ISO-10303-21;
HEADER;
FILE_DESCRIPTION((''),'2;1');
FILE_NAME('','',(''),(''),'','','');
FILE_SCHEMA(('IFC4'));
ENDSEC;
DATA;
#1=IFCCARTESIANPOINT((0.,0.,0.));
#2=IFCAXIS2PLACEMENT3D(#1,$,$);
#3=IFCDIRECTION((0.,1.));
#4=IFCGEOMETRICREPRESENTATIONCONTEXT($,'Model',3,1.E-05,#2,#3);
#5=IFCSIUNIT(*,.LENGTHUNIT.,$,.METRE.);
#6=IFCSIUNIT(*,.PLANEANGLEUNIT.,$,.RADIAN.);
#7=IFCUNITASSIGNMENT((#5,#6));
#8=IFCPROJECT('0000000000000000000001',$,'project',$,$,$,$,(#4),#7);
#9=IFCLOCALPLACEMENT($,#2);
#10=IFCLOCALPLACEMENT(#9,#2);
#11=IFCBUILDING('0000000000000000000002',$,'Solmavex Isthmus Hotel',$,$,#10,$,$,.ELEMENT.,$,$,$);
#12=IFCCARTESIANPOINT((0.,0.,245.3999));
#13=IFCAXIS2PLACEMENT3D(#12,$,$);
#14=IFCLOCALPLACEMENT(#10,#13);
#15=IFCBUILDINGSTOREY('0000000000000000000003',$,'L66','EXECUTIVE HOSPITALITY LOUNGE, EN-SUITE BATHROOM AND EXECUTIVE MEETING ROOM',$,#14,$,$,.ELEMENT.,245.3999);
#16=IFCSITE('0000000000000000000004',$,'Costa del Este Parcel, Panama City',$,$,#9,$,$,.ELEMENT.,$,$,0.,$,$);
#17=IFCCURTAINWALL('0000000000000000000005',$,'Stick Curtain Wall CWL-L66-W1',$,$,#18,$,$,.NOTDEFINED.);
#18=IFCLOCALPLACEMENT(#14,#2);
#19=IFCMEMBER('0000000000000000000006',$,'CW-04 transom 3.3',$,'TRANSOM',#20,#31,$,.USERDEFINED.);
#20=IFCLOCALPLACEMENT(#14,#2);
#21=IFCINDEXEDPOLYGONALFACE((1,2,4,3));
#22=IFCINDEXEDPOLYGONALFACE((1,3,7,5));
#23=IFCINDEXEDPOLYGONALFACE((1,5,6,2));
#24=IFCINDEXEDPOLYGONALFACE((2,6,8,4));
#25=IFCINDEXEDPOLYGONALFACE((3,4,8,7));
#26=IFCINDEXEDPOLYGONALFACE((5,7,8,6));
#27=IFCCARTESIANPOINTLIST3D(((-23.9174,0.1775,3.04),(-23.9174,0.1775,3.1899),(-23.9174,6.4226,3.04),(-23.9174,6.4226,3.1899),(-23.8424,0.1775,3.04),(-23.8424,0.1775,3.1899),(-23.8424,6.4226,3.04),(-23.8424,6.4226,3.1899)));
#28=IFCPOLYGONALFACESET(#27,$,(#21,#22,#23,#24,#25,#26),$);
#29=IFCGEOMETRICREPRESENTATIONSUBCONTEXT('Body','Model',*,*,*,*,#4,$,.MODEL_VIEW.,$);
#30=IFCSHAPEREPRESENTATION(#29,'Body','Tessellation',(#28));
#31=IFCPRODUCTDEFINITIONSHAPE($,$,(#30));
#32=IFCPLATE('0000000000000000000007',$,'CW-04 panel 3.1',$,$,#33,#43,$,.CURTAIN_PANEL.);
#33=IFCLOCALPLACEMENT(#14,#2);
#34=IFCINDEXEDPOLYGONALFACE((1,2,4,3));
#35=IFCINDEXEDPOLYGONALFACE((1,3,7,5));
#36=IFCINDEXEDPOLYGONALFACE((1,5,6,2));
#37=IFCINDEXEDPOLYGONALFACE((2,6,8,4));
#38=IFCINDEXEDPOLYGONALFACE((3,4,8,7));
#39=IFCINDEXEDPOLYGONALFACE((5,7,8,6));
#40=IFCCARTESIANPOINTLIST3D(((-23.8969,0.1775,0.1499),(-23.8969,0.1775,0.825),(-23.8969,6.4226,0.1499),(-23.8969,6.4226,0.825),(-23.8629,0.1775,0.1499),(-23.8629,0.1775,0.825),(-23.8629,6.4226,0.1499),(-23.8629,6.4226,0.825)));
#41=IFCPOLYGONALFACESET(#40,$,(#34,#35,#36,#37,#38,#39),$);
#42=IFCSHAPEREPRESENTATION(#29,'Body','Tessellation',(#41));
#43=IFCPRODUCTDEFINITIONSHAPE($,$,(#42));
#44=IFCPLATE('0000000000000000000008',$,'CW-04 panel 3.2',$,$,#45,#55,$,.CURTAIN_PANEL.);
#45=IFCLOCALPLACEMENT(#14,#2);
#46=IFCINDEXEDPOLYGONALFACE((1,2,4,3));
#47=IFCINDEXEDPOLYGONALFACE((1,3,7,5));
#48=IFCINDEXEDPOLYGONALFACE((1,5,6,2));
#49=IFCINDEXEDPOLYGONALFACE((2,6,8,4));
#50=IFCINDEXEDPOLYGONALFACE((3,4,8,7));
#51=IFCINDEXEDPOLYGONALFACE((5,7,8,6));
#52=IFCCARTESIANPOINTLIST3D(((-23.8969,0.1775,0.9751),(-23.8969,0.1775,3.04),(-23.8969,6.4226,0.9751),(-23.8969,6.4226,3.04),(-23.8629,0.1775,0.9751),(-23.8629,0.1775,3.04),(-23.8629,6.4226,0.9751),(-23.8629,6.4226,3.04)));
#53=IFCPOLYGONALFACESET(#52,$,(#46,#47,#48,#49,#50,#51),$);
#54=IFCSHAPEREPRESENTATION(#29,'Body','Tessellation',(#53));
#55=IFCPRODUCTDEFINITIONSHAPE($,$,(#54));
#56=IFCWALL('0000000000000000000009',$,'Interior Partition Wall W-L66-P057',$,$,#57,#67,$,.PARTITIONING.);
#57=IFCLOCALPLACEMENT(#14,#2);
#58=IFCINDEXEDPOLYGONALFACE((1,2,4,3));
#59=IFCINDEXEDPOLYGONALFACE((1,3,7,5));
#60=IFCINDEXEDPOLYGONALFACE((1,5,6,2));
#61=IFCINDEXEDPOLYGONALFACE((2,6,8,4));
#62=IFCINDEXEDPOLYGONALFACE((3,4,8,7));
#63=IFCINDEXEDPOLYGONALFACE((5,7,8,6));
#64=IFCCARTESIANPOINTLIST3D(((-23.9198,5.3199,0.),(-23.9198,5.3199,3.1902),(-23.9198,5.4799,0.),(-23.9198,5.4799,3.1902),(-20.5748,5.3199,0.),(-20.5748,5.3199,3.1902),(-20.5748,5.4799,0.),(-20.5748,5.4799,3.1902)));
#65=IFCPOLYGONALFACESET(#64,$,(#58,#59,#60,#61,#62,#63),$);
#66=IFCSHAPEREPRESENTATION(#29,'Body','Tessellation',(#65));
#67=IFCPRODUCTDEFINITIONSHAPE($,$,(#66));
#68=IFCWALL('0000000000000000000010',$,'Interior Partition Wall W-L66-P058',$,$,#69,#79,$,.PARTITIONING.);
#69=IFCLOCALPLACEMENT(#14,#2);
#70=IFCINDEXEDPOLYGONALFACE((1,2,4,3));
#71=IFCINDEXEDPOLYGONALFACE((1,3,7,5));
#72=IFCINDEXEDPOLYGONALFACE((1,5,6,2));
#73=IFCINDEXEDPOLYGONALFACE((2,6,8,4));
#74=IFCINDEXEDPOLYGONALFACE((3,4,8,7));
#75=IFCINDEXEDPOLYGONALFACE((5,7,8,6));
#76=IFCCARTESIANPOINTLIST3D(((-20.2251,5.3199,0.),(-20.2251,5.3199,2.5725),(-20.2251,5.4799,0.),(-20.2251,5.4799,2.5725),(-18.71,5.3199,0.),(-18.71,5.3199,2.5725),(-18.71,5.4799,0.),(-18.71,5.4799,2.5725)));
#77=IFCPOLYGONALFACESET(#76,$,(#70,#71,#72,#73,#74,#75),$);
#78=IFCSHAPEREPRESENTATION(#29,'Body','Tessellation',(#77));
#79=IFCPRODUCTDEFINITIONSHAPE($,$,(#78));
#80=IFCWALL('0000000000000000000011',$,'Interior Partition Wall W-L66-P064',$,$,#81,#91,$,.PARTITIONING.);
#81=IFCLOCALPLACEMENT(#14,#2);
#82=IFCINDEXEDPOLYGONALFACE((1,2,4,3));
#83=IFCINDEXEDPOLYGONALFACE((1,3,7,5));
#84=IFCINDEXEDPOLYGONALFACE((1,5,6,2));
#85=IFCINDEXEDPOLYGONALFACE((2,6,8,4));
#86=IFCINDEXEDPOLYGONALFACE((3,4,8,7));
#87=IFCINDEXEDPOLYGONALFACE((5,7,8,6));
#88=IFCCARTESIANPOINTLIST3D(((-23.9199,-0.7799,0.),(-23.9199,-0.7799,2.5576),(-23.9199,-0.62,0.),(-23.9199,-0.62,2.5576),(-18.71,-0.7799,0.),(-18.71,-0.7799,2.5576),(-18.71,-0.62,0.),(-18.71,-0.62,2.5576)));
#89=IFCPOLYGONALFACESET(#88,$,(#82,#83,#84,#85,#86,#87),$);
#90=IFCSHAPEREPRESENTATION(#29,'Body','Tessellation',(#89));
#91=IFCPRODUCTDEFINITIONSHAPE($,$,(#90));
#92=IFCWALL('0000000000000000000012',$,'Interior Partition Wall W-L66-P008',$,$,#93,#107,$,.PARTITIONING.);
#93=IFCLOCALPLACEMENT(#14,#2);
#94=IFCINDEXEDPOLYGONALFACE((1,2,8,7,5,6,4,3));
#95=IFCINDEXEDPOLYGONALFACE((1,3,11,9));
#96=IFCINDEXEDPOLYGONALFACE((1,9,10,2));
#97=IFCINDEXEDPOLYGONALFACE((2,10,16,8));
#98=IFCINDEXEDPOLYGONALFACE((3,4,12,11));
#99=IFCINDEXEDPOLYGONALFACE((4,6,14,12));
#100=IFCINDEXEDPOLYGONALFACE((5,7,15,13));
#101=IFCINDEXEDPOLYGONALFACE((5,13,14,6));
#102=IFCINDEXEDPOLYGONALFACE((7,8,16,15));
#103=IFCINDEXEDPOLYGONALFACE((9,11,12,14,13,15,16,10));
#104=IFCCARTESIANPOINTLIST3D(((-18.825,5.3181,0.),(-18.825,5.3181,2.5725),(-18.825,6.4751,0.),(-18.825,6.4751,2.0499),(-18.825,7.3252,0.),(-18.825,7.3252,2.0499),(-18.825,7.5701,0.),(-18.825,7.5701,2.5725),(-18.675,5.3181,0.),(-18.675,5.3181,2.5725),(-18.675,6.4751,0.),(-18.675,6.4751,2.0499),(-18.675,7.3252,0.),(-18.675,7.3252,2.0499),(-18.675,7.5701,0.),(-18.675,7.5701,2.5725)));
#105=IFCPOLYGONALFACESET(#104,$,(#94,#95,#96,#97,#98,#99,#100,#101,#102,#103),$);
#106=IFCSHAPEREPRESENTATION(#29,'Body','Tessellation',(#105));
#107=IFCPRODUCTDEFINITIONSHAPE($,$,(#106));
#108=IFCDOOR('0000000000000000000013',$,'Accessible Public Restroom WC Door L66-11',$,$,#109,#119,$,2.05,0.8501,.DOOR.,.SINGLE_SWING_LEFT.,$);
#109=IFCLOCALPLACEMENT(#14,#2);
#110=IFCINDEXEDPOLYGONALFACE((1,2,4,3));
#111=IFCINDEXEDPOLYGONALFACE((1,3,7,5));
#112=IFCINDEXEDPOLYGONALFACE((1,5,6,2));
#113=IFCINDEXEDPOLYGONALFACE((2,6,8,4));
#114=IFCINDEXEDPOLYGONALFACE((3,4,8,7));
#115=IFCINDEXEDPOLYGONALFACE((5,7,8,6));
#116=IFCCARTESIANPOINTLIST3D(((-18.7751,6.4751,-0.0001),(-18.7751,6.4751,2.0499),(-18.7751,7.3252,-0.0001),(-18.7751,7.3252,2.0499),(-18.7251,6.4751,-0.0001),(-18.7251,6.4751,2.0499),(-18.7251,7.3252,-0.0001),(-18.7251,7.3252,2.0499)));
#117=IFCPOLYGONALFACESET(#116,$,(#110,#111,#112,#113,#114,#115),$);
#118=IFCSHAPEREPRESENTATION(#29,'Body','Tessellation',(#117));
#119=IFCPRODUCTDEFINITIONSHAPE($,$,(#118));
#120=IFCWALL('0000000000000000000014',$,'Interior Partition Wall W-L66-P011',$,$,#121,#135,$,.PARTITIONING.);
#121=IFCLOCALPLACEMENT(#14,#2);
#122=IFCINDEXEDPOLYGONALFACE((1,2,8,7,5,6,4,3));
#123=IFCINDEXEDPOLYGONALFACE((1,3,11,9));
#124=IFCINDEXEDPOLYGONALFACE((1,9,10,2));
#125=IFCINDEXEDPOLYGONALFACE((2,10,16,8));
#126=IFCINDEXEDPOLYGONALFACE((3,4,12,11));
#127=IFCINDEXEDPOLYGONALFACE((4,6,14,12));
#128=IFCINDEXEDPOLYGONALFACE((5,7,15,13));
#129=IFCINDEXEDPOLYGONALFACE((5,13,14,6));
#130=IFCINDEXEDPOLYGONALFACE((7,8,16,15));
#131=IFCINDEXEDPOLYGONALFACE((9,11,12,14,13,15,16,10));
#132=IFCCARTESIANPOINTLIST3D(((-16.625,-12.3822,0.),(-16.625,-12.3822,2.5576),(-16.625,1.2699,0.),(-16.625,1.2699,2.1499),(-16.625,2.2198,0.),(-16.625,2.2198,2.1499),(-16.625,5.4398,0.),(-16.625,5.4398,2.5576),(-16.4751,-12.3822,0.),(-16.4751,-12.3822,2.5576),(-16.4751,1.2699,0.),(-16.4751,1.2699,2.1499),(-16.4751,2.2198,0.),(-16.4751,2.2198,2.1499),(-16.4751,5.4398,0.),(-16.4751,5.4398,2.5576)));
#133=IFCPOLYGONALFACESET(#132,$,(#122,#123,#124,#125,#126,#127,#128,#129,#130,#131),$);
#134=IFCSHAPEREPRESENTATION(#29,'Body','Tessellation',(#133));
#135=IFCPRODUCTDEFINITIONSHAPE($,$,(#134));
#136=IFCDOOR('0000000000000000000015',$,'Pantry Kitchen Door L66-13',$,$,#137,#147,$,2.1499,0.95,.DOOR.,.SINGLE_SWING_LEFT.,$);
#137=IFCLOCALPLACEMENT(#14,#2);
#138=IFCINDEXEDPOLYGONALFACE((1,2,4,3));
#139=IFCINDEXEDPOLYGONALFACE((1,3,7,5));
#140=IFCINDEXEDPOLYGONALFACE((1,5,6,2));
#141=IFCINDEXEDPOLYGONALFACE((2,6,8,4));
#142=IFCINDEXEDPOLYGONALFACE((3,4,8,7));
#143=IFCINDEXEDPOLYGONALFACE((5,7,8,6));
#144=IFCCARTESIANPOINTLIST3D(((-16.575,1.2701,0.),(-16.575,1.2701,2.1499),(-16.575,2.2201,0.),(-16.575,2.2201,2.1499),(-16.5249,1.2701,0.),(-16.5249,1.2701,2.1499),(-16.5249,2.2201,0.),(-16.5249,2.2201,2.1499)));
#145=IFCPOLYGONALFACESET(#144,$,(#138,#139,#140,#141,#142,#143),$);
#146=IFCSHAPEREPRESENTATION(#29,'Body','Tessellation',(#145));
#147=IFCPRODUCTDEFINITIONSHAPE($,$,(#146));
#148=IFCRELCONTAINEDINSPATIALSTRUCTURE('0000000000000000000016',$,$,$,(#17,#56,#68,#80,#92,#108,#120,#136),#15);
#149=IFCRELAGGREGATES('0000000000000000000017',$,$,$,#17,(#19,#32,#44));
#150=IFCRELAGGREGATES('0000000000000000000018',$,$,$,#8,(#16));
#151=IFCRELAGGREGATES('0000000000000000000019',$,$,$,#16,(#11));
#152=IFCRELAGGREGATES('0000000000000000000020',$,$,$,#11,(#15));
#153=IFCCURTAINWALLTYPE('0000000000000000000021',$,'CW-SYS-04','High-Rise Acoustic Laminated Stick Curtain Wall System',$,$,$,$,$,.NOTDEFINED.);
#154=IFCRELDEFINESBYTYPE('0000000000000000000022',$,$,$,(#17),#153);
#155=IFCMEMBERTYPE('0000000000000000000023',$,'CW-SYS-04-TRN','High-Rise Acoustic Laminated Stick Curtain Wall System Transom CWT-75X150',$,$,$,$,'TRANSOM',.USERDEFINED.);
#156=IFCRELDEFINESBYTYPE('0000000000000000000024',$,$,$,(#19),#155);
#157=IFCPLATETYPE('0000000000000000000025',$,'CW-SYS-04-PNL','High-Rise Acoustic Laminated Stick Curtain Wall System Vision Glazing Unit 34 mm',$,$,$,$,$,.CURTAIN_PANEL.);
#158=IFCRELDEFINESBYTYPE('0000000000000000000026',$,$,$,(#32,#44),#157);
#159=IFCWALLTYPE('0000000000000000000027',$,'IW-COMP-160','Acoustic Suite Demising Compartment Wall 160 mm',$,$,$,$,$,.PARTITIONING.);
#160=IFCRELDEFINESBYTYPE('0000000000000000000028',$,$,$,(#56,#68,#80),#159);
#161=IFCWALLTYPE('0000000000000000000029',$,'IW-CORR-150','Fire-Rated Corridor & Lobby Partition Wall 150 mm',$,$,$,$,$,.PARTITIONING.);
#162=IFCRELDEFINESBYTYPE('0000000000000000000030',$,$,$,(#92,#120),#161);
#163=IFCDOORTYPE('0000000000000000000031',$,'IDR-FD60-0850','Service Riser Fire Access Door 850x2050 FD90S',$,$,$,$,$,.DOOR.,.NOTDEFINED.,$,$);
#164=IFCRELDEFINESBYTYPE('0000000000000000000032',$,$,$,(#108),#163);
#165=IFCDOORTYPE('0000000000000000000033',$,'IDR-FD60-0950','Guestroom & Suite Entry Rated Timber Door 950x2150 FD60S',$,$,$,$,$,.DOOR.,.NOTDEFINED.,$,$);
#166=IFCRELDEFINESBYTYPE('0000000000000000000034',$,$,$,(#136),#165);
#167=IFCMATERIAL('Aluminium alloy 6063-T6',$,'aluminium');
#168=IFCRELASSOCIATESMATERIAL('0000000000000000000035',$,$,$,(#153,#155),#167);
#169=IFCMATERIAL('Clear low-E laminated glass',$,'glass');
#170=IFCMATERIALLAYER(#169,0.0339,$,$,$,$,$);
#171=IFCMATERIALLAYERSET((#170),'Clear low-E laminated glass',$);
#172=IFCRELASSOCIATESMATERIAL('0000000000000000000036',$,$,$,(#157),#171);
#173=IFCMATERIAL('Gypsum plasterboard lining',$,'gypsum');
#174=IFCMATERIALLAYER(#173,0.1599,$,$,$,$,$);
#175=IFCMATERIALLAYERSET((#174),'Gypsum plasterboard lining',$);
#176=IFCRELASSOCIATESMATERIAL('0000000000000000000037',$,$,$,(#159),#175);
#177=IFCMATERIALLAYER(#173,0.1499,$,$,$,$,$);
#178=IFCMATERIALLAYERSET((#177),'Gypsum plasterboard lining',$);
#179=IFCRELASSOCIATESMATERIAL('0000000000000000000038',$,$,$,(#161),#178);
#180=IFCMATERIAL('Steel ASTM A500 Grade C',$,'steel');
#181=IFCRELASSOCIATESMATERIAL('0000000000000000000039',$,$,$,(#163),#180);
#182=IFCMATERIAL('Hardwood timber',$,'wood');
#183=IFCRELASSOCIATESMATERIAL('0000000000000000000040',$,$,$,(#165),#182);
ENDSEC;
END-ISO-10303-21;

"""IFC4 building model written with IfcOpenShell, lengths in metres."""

from ifc_helpers import new_model, si_unit, direction, frame, frame_2d, origin, origin_2d, place, context, subcontext, project, spatial, rectangle, extrude, material, layer, layer_set, material_profile, profile_set, type_object, element, fill, aggregate, save


model = new_model("IFC4")

# Units and contexts
model_context = context("Model", 3, precision=1e-05, world=origin(), true_north=direction((0.0, 1.0)))
body_context = subcontext(model_context, "Body", "Model", "MODEL_VIEW")
ifc_project = project(units=[si_unit("LENGTHUNIT", "METRE"), si_unit("PLANEANGLEUNIT", "RADIAN")], contexts=[model_context])

# Site, building, storey
site_placement = place(None, origin())
site = spatial("IfcSite", under=ifc_project, at=site_placement, Name="Costa del Este Parcel, Panama City", CompositionType="ELEMENT", RefElevation=0.0)
building_placement = place(site_placement, origin())
building = spatial("IfcBuilding", under=site, at=building_placement, Name="Solmavex Isthmus Hotel", CompositionType="ELEMENT")
storey_placement = place(building_placement, frame((0.0, 0.0, 245.3999)))
storey = spatial("IfcBuildingStorey", under=building, at=storey_placement, Name="L66", Description="EXECUTIVE HOSPITALITY LOUNGE, EN-SUITE BATHROOM AND EXECUTIVE MEETING ROOM", CompositionType="ELEMENT", Elevation=245.3999)

# Curtain wall, member, plates
ifc_material_1 = material(Name="Aluminium alloy 6063-T6", Category="aluminium")
curtain_wall_type = type_object("IfcCurtainWallType", Name="CW-SYS-04", Description="High-Rise Acoustic Laminated Stick Curtain Wall System", PredefinedType="NOTDEFINED", material=ifc_material_1)
curtain_wall_placement = place(storey_placement, origin())
curtain_wall = element("IfcCurtainWall", 1, at=curtain_wall_placement, inside=storey, type_object=curtain_wall_type, Name="Stick Curtain Wall CWL-L66-W1", PredefinedType="NOTDEFINED")
ifc_material_profile_1 = material_profile(ifc_material_1, rectangle(XDim=0.075, YDim=0.1499, at=origin_2d()), Name="CWT-75X150")
ifc_profile_set_1 = profile_set([ifc_material_profile_1], Name="Aluminium alloy 6063-T6")
member_type_1 = type_object("IfcMemberType", Name="CW-SYS-04-TRN", Description="High-Rise Acoustic Laminated Stick Curtain Wall System Transom CWT-75X150", ElementType="TRANSOM", PredefinedType="USERDEFINED", material=ifc_profile_set_1)
member_1_placement = place(storey_placement, frame((-23.8799, 0.1775, 3.115), z_axis=(0.0, 1.0, 0.0), x_axis=(-1.0, 0.0, 0.0)))
member_1 = element("IfcMember", 2, at=member_1_placement, type_object=member_type_1, Name="CW-04 transom 3.3", ObjectType="TRANSOM", PredefinedType="USERDEFINED", context=body_context, shape_type="SweptSolid", body=[
    extrude(rectangle(XDim=0.075, YDim=0.1499, at=origin_2d()), origin(), (0.0, 0.0, 1.0), 6.2451),
])
ifc_material_2 = material(Name="Clear low-E laminated glass", Category="glass")
ifc_layer_1 = layer(ifc_material_2, 0.0339)
ifc_layer_set_1 = layer_set([ifc_layer_1], Name="Clear low-E laminated glass")
plate_type = type_object("IfcPlateType", Name="CW-SYS-04-PNL", Description="High-Rise Acoustic Laminated Stick Curtain Wall System Vision Glazing Unit 34 mm", PredefinedType="CURTAIN_PANEL", material=ifc_layer_set_1)
plate_1_placement = place(storey_placement, frame((-23.8799, 3.3, 0.1499), z_axis=(0.0, 0.0, 1.0), x_axis=(0.0, 1.0, 0.0)))
plate_1 = element("IfcPlate", 3, at=plate_1_placement, type_object=plate_type, Name="CW-04 panel 3.1", PredefinedType="CURTAIN_PANEL", context=body_context, shape_type="SweptSolid", body=[
    extrude(rectangle(XDim=6.2451, YDim=0.0339, at=origin_2d()), origin(), (0.0, 0.0, 1.0), 0.675),
])
plate_2_placement = place(storey_placement, frame((-23.8799, 3.3, 0.9751), z_axis=(0.0, 0.0, 1.0), x_axis=(0.0, 1.0, 0.0)))
plate_2 = element("IfcPlate", 4, at=plate_2_placement, type_object=plate_type, Name="CW-04 panel 3.2", PredefinedType="CURTAIN_PANEL", context=body_context, shape_type="SweptSolid", body=[
    extrude(rectangle(XDim=6.2451, YDim=0.0339, at=origin_2d()), origin(), (0.0, 0.0, 1.0), 2.0649),
])
aggregate(curtain_wall, [member_1, plate_1, plate_2])

# Walls
ifc_material_3 = material(Name="Gypsum plasterboard lining", Category="gypsum")
ifc_layer_2 = layer(ifc_material_3, 0.1599)
ifc_layer_set_2 = layer_set([ifc_layer_2], Name="Gypsum plasterboard lining")
wall_type_1 = type_object("IfcWallType", Name="IW-COMP-160", Description="Acoustic Suite Demising Compartment Wall 160 mm", PredefinedType="PARTITIONING", material=ifc_layer_set_2)
wall_1_placement = place(storey_placement, frame((-20.575, 5.3999, 0.0), z_axis=(0.0, 0.0, 1.0), x_axis=(-1.0, 0.0, 0.0)))
element("IfcWall", 5, at=wall_1_placement, inside=storey, type_object=wall_type_1, Name="Interior Partition Wall W-L66-P057", PredefinedType="PARTITIONING", context=body_context, shape_type="SweptSolid", body=[
    extrude(rectangle(XDim=3.345, YDim=0.1599, at=frame_2d((1.6724, 0.0))), origin(), (0.0, 0.0, 1.0), 3.1902),
])
wall_2_placement = place(storey_placement, frame((-18.71, 5.3999, 0.0), z_axis=(0.0, 0.0, 1.0), x_axis=(-1.0, 0.0, 0.0)))
element("IfcWall", 6, at=wall_2_placement, inside=storey, type_object=wall_type_1, Name="Interior Partition Wall W-L66-P058", PredefinedType="PARTITIONING", context=body_context, shape_type="SweptSolid", body=[
    extrude(rectangle(XDim=1.5151, YDim=0.1599, at=frame_2d((0.7576, 0.0))), origin(), (0.0, 0.0, 1.0), 2.5725),
])
wall_3_placement = place(storey_placement, frame((-18.71, -0.7, 0.0), z_axis=(0.0, 0.0, 1.0), x_axis=(-1.0, 0.0, 0.0)))
element("IfcWall", 7, at=wall_3_placement, inside=storey, type_object=wall_type_1, Name="Interior Partition Wall W-L66-P064", PredefinedType="PARTITIONING", context=body_context, shape_type="SweptSolid", body=[
    extrude(rectangle(XDim=5.21, YDim=0.1599, at=frame_2d((2.605, 0.0))), origin(), (0.0, 0.0, 1.0), 2.5576),
])

# Walls, openings, doors
ifc_layer_3 = layer(ifc_material_3, 0.1499)
ifc_layer_set_3 = layer_set([ifc_layer_3], Name="Gypsum plasterboard lining")
wall_type_2 = type_object("IfcWallType", Name="IW-CORR-150", Description="Fire-Rated Corridor & Lobby Partition Wall 150 mm", PredefinedType="PARTITIONING", material=ifc_layer_set_3)
wall_4_placement = place(storey_placement, frame((-18.75, 5.3181, 0.0), z_axis=(0.0, 0.0, 1.0), x_axis=(0.0, 1.0, 0.0)))
wall_4 = element("IfcWall", 8, at=wall_4_placement, inside=storey, type_object=wall_type_2, Name="Interior Partition Wall W-L66-P008", PredefinedType="PARTITIONING", context=body_context, shape_type="SweptSolid", body=[
    extrude(rectangle(XDim=2.252, YDim=0.1499, at=frame_2d((1.126, 0.0))), origin(), (0.0, 0.0, 1.0), 2.5725),
])
opening_1_placement = place(wall_4_placement, frame((1.157, 0.0, 0.0)))
opening_1 = element("IfcOpeningElement", 9, at=opening_1_placement, cuts=wall_4, PredefinedType="OPENING", context=body_context, shape_type="SweptSolid", body=[
    extrude(rectangle(XDim=0.8501, YDim=2.05, at=frame_2d((0.425, 1.0249))), frame((0.0, 0.085, 0.0), z_axis=(0.0, -1.0, 0.0), x_axis=(1.0, 0.0, 0.0)), (0.0, 0.0, 1.0), 0.1699),
])
ifc_material_4 = material(Name="Steel ASTM A500 Grade C", Category="steel")
door_type_1 = type_object("IfcDoorType", Name="IDR-FD60-0850", Description="Service Riser Fire Access Door 850x2050 FD90S", OperationType="NOTDEFINED", PredefinedType="DOOR", material=ifc_material_4)
door_1_placement = place(opening_1_placement, frame((0.8501, 0.0, 0.0), z_axis=(0.0, 0.0, 1.0), x_axis=(-1.0, 0.0, 0.0)))
door_1 = element("IfcDoor", 10, at=door_1_placement, inside=storey, type_object=door_type_1, Name="Accessible Public Restroom WC Door L66-11", OperationType="SINGLE_SWING_LEFT", OverallHeight=2.05, OverallWidth=0.8501, PredefinedType="DOOR", context=body_context, shape_type="SweptSolid", body=[
    extrude(rectangle(XDim=0.8501, YDim=2.05, at=frame_2d((0.425, 1.0249))), frame((0.0, 0.0249, 0.0), z_axis=(0.0, -1.0, 0.0), x_axis=(1.0, 0.0, 0.0)), (0.0, 0.0, 1.0), 0.05),
])
fill(opening_1, door_1)
wall_5_placement = place(storey_placement, frame((-16.55, 5.4399, 0.0), z_axis=(0.0, 0.0, 1.0), x_axis=(0.0, -1.0, 0.0)))
wall_5 = element("IfcWall", 11, at=wall_5_placement, inside=storey, type_object=wall_type_2, Name="Interior Partition Wall W-L66-P011", PredefinedType="PARTITIONING", context=body_context, shape_type="SweptSolid", body=[
    extrude(rectangle(XDim=17.822, YDim=0.1499, at=frame_2d((8.9111, 0.0))), origin(), (0.0, 0.0, 1.0), 2.5576),
])
opening_2_placement = place(wall_5_placement, frame((3.22, 0.0, 0.0)))
opening_2 = element("IfcOpeningElement", 12, at=opening_2_placement, cuts=wall_5, PredefinedType="OPENING", context=body_context, shape_type="SweptSolid", body=[
    extrude(rectangle(XDim=0.95, YDim=2.1499, at=frame_2d((0.4751, 1.075))), frame((0.0, 0.085, 0.0), z_axis=(0.0, -1.0, 0.0), x_axis=(1.0, 0.0, 0.0)), (0.0, 0.0, 1.0), 0.1699),
])
ifc_material_5 = material(Name="Hardwood timber", Category="wood")
door_type_2 = type_object("IfcDoorType", Name="IDR-FD60-0950", Description="Guestroom & Suite Entry Rated Timber Door 950x2150 FD60S", OperationType="NOTDEFINED", PredefinedType="DOOR", material=ifc_material_5)
door_2_placement = place(opening_2_placement, frame((0.95, 0.0, 0.0), z_axis=(0.0, 0.0, 1.0), x_axis=(-1.0, 0.0, 0.0)))
door_2 = element("IfcDoor", 13, at=door_2_placement, inside=storey, type_object=door_type_2, Name="Pantry Kitchen Door L66-13", OperationType="SINGLE_SWING_LEFT", OverallHeight=2.1499, OverallWidth=0.95, PredefinedType="DOOR", context=body_context, shape_type="SweptSolid", body=[
    extrude(rectangle(XDim=0.95, YDim=2.1499, at=frame_2d((0.4751, 1.075))), frame((0.0, 0.0249, 0.0), z_axis=(0.0, -1.0, 0.0), x_axis=(1.0, 0.0, 0.0)), (0.0, 0.0, 1.0), 0.05),
])
fill(opening_2, door_2)

save(model, "model.ifc")
